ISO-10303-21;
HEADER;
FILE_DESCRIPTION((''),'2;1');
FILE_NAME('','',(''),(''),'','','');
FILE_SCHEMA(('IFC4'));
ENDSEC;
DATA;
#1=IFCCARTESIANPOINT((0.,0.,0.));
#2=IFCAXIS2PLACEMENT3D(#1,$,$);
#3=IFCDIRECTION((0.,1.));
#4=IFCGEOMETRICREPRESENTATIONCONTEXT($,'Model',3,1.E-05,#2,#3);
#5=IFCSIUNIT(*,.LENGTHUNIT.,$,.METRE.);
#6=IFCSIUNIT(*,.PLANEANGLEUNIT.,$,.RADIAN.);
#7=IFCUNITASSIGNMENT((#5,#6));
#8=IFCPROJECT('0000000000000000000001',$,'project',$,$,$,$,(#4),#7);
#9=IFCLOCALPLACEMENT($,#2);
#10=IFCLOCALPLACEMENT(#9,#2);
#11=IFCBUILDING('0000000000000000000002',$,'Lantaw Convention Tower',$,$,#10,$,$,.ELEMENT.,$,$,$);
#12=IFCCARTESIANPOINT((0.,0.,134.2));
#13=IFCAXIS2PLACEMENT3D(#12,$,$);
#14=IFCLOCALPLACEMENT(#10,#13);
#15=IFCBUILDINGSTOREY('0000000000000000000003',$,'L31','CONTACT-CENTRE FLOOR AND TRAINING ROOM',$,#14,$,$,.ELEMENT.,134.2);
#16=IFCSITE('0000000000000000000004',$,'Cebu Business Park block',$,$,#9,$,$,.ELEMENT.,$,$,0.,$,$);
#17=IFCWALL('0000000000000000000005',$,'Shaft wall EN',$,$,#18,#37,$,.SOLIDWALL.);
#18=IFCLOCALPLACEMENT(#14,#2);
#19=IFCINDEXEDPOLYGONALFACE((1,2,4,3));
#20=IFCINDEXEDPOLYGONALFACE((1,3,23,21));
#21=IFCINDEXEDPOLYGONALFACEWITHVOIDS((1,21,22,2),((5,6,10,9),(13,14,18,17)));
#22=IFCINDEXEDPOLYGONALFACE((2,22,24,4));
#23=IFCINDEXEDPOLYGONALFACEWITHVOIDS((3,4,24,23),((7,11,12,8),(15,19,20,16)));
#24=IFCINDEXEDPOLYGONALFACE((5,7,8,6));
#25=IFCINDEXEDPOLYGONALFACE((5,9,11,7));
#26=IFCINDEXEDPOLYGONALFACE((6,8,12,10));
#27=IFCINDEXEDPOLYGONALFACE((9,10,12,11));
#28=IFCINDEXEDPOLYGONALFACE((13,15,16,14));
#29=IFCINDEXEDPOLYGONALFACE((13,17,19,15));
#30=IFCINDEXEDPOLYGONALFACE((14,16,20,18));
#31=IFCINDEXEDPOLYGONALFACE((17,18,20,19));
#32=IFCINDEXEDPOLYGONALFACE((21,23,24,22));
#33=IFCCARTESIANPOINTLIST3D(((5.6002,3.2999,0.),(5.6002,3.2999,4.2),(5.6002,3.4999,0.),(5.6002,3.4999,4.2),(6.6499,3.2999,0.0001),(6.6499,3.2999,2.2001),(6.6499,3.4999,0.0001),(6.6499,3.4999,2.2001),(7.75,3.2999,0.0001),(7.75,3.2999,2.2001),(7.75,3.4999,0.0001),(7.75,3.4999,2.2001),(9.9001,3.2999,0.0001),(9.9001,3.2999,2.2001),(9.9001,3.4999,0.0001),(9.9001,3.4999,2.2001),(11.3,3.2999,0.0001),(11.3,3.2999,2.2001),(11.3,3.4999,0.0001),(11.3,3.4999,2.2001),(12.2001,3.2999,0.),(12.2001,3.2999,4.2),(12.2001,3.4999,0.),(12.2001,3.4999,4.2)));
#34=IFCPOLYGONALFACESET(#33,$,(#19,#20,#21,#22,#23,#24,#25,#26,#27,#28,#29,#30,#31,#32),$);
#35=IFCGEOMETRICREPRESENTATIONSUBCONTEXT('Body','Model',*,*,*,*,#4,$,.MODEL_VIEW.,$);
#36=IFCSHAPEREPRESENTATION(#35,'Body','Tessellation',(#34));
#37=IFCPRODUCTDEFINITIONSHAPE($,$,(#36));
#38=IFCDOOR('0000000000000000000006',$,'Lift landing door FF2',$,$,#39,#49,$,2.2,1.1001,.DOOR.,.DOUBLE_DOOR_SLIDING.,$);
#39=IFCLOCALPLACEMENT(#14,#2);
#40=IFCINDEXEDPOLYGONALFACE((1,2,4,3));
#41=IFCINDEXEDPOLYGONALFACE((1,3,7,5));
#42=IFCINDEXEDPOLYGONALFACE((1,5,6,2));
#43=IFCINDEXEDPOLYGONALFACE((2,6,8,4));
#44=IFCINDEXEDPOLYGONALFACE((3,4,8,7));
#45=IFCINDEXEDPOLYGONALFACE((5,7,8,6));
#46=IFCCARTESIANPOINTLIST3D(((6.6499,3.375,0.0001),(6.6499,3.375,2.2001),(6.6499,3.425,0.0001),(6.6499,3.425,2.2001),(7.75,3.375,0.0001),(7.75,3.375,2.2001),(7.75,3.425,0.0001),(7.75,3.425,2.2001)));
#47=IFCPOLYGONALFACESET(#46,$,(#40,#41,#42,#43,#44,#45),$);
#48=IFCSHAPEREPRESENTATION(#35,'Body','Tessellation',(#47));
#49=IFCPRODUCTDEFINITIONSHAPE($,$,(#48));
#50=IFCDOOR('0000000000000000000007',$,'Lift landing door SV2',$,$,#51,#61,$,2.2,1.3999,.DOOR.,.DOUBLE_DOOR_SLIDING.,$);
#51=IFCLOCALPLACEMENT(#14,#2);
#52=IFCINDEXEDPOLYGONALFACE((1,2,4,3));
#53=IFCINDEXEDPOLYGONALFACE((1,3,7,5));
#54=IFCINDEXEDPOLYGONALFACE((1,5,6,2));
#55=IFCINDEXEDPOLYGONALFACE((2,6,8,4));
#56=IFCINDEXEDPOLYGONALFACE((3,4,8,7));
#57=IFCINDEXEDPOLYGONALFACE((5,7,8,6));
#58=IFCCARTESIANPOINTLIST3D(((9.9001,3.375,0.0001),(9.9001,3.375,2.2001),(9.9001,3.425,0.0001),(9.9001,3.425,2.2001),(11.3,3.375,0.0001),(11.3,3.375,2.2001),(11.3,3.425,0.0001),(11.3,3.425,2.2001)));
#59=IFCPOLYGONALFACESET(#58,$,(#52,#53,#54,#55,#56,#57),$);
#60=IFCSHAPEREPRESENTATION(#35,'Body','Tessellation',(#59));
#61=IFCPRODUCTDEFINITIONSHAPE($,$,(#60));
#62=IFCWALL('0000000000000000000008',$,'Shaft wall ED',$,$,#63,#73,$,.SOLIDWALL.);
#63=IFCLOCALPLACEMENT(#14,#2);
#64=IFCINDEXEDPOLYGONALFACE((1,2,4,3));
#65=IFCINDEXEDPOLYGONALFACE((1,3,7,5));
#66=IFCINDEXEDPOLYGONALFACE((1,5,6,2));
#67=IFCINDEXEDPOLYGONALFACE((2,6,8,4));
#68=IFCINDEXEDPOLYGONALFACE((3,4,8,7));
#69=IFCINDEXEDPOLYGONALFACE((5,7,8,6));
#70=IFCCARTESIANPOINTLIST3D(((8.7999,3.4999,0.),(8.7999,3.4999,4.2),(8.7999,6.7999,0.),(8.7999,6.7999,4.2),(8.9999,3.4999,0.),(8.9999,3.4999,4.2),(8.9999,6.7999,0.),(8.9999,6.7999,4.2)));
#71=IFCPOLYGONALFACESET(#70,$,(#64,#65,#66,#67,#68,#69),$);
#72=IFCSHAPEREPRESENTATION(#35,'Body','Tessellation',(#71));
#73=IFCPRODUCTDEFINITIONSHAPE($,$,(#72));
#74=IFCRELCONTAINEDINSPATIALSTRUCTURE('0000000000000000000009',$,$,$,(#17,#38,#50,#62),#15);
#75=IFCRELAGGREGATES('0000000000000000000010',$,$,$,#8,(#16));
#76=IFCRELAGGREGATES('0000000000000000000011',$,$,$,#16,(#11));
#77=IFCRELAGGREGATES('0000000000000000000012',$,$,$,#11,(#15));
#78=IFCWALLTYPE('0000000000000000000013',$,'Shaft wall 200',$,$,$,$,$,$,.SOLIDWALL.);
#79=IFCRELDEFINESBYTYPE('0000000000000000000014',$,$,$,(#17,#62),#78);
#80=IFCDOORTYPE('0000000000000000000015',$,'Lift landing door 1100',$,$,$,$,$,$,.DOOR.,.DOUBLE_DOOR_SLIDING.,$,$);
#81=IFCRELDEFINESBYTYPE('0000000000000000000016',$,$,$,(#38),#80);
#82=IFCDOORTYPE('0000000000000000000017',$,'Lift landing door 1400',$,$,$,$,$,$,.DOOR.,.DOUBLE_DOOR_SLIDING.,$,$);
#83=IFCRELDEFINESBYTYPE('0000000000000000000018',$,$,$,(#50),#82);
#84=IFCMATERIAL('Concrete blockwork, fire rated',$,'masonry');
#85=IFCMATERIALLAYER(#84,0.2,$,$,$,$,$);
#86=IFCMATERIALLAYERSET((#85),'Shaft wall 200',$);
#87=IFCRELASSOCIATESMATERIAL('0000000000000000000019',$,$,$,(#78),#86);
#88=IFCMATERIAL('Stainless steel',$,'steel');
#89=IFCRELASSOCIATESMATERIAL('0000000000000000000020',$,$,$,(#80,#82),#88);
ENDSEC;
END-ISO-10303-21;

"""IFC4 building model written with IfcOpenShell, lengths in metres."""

from ifc_helpers import new_model, si_unit, direction, frame, frame_2d, origin, place, context, subcontext, project, spatial, rectangle, extrude, material, layer, layer_set, type_object, element, fill, save


model = new_model("IFC4")

# Units and contexts
model_context = context("Model", 3, precision=1e-05, world=origin(), true_north=direction((0.0, 1.0)))
body_context = subcontext(model_context, "Body", "Model", "MODEL_VIEW")
ifc_project = project(units=[si_unit("LENGTHUNIT", "METRE"), si_unit("PLANEANGLEUNIT", "RADIAN")], contexts=[model_context])

# Site, building, storey
site_placement = place(None, origin())
site = spatial("IfcSite", under=ifc_project, at=site_placement, Name="Cebu Business Park block", CompositionType="ELEMENT", RefElevation=0.0)
building_placement = place(site_placement, origin())
building = spatial("IfcBuilding", under=site, at=building_placement, Name="Lantaw Convention Tower", CompositionType="ELEMENT")
storey_placement = place(building_placement, frame((0.0, 0.0, 134.2)))
storey = spatial("IfcBuildingStorey", under=building, at=storey_placement, Name="L31", Description="CONTACT-CENTRE FLOOR AND TRAINING ROOM", CompositionType="ELEMENT", Elevation=134.2)

# Wall, openings, doors
ifc_material_1 = material(Name="Concrete blockwork, fire rated", Category="masonry")
ifc_layer_1 = layer(ifc_material_1, 0.2)
ifc_layer_set_1 = layer_set([ifc_layer_1], Name="Shaft wall 200")
wall_type_1 = type_object("IfcWallType", Name="Shaft wall 200", PredefinedType="SOLIDWALL", material=ifc_layer_set_1)
wall_1_placement = place(storey_placement, frame((12.2, 3.3999, 0.0), z_axis=(0.0, 0.0, 1.0), x_axis=(-1.0, 0.0, 0.0)))
wall_1 = element("IfcWall", 1, at=wall_1_placement, inside=storey, type_object=wall_type_1, Name="Shaft wall EN", PredefinedType="SOLIDWALL", context=body_context, shape_type="SweptSolid", body=[
    extrude(rectangle(XDim=6.5999, YDim=0.2, at=frame_2d((3.2998, 0.0))), origin(), (0.0, 0.0, 1.0), 4.2),
])
opening_1_placement = place(wall_1_placement, frame((4.45, 0.0, 0.0)))
opening_1 = element("IfcOpeningElement", 2, at=opening_1_placement, cuts=wall_1, PredefinedType="OPENING", context=body_context, shape_type="SweptSolid", body=[
    extrude(rectangle(XDim=1.1001, YDim=2.2, at=frame_2d((0.55, 1.1001))), frame((0.0, 0.1099, 0.0), z_axis=(0.0, -1.0, 0.0), x_axis=(1.0, 0.0, 0.0)), (0.0, 0.0, 1.0), 0.22),
])
opening_2_placement = place(wall_1_placement, frame((0.8999, 0.0, 0.0)))
opening_2 = element("IfcOpeningElement", 3, at=opening_2_placement, cuts=wall_1, PredefinedType="OPENING", context=body_context, shape_type="SweptSolid", body=[
    extrude(rectangle(XDim=1.3999, YDim=2.2, at=frame_2d((0.7, 1.1001))), frame((0.0, 0.1099, 0.0), z_axis=(0.0, -1.0, 0.0), x_axis=(1.0, 0.0, 0.0)), (0.0, 0.0, 1.0), 0.22),
])
ifc_material_2 = material(Name="Stainless steel", Category="steel")
door_type_1 = type_object("IfcDoorType", Name="Lift landing door 1100", OperationType="DOUBLE_DOOR_SLIDING", PredefinedType="DOOR", material=ifc_material_2)
door_1_placement = place(opening_1_placement, origin())
door_1 = element("IfcDoor", 4, at=door_1_placement, inside=storey, type_object=door_type_1, Name="Lift landing door FF2", OperationType="DOUBLE_DOOR_SLIDING", OverallHeight=2.2, OverallWidth=1.1001, PredefinedType="DOOR", context=body_context, shape_type="SweptSolid", body=[
    extrude(rectangle(XDim=1.1001, YDim=2.2, at=frame_2d((0.55, 1.1001))), frame((0.0, 0.0249, 0.0), z_axis=(0.0, -1.0, 0.0), x_axis=(1.0, 0.0, 0.0)), (0.0, 0.0, 1.0), 0.05),
])
fill(opening_1, door_1)
door_type_2 = type_object("IfcDoorType", Name="Lift landing door 1400", OperationType="DOUBLE_DOOR_SLIDING", PredefinedType="DOOR", material=ifc_material_2)
door_2_placement = place(opening_2_placement, origin())
door_2 = element("IfcDoor", 5, at=door_2_placement, inside=storey, type_object=door_type_2, Name="Lift landing door SV2", OperationType="DOUBLE_DOOR_SLIDING", OverallHeight=2.2, OverallWidth=1.3999, PredefinedType="DOOR", context=body_context, shape_type="SweptSolid", body=[
    extrude(rectangle(XDim=1.3999, YDim=2.2, at=frame_2d((0.7, 1.1001))), frame((0.0, 0.0249, 0.0), z_axis=(0.0, -1.0, 0.0), x_axis=(1.0, 0.0, 0.0)), (0.0, 0.0, 1.0), 0.05),
])
fill(opening_2, door_2)

# Wall
wall_2_placement = place(storey_placement, frame((8.8999, 3.5, 0.0), z_axis=(0.0, 0.0, 1.0), x_axis=(0.0, 1.0, 0.0)))
element("IfcWall", 6, at=wall_2_placement, inside=storey, type_object=wall_type_1, Name="Shaft wall ED", PredefinedType="SOLIDWALL", context=body_context, shape_type="SweptSolid", body=[
    extrude(rectangle(XDim=3.3, YDim=0.2, at=frame_2d((1.6499, 0.0))), origin(), (0.0, 0.0, 1.0), 4.2),
])

save(model, "model.ifc")
